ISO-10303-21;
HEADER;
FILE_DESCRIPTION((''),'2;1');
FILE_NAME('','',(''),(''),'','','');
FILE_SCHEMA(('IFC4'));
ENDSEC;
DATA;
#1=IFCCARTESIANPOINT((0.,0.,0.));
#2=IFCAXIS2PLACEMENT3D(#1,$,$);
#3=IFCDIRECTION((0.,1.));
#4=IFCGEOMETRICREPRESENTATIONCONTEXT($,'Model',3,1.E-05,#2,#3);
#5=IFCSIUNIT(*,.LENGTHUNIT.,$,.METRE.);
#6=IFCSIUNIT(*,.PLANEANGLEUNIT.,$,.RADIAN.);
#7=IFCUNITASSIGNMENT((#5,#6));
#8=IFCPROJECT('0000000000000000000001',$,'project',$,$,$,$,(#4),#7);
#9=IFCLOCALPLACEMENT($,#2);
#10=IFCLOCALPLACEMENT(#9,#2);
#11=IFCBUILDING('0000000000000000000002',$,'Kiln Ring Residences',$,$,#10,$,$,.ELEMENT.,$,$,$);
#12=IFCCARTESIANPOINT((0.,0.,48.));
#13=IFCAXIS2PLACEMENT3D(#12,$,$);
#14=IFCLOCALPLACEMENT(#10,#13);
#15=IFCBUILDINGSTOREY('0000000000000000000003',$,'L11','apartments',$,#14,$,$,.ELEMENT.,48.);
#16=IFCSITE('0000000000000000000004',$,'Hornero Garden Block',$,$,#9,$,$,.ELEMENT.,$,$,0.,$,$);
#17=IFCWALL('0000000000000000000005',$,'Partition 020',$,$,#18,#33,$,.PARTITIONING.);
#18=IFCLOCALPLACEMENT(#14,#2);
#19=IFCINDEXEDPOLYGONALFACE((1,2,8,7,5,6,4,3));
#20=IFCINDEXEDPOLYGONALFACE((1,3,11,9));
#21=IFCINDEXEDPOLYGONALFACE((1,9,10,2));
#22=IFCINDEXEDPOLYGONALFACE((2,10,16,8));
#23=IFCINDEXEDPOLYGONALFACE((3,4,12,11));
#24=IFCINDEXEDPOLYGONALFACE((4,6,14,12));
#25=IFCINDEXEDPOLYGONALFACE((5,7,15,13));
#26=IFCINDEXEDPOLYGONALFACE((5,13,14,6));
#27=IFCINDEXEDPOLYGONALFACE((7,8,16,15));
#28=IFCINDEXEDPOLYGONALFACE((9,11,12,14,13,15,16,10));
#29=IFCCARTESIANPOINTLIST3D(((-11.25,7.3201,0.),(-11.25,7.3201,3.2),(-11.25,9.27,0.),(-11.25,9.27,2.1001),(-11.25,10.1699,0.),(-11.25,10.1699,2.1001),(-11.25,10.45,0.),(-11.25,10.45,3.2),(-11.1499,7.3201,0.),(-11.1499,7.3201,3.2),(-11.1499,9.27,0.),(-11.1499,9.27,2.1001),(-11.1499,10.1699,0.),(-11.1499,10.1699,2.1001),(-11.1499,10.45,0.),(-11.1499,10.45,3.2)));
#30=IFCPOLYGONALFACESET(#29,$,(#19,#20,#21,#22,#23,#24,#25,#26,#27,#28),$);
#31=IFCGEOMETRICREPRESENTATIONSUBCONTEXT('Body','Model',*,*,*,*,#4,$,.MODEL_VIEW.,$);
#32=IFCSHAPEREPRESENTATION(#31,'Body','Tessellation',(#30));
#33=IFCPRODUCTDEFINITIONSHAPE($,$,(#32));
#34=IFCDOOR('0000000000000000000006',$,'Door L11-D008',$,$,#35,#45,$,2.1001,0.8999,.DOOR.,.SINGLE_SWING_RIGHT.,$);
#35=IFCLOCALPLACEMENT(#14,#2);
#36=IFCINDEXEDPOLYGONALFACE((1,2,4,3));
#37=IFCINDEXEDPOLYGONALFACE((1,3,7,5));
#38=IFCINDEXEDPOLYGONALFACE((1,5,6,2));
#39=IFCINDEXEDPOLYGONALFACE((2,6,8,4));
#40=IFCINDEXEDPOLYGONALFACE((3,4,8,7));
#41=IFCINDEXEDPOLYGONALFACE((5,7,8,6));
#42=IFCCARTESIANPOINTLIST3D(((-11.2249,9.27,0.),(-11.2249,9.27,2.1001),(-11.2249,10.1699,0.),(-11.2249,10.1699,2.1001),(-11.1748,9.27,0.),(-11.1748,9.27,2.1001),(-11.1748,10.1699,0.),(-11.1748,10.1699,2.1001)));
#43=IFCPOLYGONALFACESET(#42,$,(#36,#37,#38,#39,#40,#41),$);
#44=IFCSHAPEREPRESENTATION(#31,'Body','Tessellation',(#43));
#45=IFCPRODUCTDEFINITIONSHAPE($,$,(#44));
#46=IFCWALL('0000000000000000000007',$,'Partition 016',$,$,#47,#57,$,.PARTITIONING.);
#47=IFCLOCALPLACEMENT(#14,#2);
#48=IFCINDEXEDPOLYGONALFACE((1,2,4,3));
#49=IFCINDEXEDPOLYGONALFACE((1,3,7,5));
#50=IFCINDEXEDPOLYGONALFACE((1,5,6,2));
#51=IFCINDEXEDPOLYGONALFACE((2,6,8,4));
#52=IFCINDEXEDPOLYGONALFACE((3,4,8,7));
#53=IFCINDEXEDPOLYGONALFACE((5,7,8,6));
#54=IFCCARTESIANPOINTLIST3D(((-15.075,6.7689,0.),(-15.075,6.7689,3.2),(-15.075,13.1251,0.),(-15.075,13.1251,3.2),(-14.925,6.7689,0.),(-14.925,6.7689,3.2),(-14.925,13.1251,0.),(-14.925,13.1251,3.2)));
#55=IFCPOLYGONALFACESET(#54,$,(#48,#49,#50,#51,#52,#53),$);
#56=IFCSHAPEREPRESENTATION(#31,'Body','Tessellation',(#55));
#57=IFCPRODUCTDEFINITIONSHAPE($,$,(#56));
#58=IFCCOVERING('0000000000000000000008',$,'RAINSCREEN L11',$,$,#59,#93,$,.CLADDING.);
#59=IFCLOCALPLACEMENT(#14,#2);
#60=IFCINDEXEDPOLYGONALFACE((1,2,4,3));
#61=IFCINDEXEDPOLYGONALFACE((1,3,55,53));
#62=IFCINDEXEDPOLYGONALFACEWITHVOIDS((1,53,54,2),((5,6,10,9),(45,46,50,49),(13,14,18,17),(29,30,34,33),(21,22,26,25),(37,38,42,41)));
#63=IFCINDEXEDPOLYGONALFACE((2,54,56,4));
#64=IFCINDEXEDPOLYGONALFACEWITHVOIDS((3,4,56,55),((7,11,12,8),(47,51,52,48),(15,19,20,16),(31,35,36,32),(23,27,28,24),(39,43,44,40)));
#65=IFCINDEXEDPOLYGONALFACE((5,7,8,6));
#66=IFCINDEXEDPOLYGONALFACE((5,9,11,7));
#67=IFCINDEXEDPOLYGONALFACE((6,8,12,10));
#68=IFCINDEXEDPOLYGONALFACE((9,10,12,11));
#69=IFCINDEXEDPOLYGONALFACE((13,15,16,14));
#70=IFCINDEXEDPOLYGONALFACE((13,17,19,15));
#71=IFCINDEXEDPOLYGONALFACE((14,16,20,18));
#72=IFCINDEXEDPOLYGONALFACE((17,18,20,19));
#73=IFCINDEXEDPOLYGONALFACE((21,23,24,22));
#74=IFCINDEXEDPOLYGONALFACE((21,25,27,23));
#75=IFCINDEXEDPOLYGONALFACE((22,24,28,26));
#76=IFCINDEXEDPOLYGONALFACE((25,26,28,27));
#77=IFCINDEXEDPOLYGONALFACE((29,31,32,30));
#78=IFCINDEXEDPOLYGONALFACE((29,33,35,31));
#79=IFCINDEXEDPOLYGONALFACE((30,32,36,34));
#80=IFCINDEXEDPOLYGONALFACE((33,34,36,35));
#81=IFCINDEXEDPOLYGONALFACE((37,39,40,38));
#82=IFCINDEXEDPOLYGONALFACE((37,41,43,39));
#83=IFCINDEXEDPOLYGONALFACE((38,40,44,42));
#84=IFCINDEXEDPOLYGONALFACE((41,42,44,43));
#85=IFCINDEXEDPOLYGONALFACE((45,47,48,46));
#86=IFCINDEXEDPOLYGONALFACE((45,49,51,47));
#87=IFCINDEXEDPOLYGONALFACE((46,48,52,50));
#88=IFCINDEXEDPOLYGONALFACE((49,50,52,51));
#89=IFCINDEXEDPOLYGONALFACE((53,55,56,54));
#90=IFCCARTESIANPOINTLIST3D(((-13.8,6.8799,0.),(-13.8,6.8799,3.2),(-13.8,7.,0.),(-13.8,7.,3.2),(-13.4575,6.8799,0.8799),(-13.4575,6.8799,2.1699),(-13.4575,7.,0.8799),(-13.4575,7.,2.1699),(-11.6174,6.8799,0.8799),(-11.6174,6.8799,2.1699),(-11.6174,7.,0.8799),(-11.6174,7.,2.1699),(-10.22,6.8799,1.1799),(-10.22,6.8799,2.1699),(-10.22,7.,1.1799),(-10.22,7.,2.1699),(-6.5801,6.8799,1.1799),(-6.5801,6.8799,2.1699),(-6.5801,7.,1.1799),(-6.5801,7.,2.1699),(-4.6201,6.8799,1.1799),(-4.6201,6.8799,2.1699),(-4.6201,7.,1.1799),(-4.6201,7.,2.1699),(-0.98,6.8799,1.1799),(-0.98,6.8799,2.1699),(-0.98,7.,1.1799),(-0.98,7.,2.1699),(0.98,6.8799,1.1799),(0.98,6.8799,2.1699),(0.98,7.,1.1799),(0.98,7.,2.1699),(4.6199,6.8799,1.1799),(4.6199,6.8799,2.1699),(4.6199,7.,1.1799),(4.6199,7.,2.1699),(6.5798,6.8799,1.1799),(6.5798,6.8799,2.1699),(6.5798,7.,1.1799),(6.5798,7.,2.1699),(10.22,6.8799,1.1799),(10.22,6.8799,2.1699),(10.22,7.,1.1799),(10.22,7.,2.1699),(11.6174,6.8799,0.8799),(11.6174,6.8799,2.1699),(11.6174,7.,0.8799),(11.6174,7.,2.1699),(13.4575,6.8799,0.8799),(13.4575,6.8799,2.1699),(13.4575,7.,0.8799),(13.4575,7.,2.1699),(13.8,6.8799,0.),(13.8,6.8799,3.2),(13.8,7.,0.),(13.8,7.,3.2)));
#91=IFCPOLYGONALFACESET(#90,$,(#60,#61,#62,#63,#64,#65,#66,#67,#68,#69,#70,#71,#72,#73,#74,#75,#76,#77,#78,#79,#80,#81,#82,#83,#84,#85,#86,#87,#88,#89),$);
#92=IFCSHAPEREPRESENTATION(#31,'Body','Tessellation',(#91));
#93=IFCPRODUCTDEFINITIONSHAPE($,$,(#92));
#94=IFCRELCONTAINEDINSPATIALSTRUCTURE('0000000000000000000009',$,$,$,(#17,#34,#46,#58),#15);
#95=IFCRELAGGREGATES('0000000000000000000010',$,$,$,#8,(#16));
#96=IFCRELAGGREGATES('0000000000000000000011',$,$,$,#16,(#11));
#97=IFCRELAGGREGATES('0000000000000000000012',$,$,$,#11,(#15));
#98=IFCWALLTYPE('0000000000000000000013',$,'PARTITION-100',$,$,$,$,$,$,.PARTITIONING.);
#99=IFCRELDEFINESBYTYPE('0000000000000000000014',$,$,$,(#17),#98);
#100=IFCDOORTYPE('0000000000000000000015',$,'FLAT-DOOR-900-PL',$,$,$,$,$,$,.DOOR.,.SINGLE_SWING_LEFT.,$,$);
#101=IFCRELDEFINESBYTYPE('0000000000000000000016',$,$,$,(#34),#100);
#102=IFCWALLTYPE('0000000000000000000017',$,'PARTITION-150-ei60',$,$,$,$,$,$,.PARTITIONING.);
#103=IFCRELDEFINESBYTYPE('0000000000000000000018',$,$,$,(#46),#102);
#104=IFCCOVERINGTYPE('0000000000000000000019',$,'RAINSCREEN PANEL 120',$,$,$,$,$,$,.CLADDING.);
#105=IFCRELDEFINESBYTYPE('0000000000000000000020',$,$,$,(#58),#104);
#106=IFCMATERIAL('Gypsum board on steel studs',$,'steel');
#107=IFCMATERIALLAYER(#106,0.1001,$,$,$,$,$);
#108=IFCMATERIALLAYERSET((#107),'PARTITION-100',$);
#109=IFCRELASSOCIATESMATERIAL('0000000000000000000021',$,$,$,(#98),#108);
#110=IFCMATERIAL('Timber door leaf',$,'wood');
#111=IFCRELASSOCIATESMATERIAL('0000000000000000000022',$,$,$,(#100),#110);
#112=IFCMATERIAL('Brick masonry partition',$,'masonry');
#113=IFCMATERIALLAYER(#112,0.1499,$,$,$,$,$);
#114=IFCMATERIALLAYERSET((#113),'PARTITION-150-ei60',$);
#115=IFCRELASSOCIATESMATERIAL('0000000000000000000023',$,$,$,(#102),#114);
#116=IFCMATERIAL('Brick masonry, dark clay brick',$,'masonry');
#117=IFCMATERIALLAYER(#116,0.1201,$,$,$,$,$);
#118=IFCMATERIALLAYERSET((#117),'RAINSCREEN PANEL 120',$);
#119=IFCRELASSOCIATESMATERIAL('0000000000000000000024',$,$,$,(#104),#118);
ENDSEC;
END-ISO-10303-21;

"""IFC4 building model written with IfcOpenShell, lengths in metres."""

from ifc_helpers import new_model, si_unit, direction, frame, frame_2d, origin, place, context, subcontext, project, spatial, polyline, rectangle, outline, extrude, material, layer, layer_set, type_object, element, fill, save


model = new_model("IFC4")

# Units and contexts
model_context = context("Model", 3, precision=1e-05, world=origin(), true_north=direction((0.0, 1.0)))
body_context = subcontext(model_context, "Body", "Model", "MODEL_VIEW")
ifc_project = project(units=[si_unit("LENGTHUNIT", "METRE"), si_unit("PLANEANGLEUNIT", "RADIAN")], contexts=[model_context])

# Site, building, storey
site_placement = place(None, origin())
site = spatial("IfcSite", under=ifc_project, at=site_placement, Name="Hornero Garden Block", CompositionType="ELEMENT", RefElevation=0.0)
building_placement = place(site_placement, origin())
building = spatial("IfcBuilding", under=site, at=building_placement, Name="Kiln Ring Residences", CompositionType="ELEMENT")
storey_placement = place(building_placement, frame((0.0, 0.0, 48.0)))
storey = spatial("IfcBuildingStorey", under=building, at=storey_placement, Name="L11", Description="apartments", CompositionType="ELEMENT", Elevation=48.0)

# Wall, opening, door
ifc_material_1 = material(Name="Gypsum board on steel studs", Category="steel")
ifc_layer_1 = layer(ifc_material_1, 0.1001)
ifc_layer_set_1 = layer_set([ifc_layer_1], Name="PARTITION-100")
wall_type_1 = type_object("IfcWallType", Name="PARTITION-100", PredefinedType="PARTITIONING", material=ifc_layer_set_1)
wall_1_placement = place(storey_placement, frame((-11.2, 7.3201, 0.0), z_axis=(0.0, 0.0, 1.0), x_axis=(0.0, 1.0, 0.0)))
wall_1 = element("IfcWall", 1, at=wall_1_placement, inside=storey, type_object=wall_type_1, Name="Partition 020", PredefinedType="PARTITIONING", context=body_context, shape_type="SweptSolid", body=[
    extrude(rectangle(XDim=3.1299, YDim=0.1001, at=frame_2d((1.5649, 0.0))), origin(), (0.0, 0.0, 1.0), 3.2),
])
opening_1_placement = place(wall_1_placement, frame((1.95, 0.0, 0.0)))
opening_1 = element("IfcOpeningElement", 2, at=opening_1_placement, cuts=wall_1, PredefinedType="OPENING", context=body_context, shape_type="SweptSolid", body=[
    extrude(rectangle(XDim=0.8999, YDim=2.1001, at=frame_2d((0.45, 1.05))), frame((0.0, 0.0601, 0.0), z_axis=(0.0, -1.0, 0.0), x_axis=(1.0, 0.0, 0.0)), (0.0, 0.0, 1.0), 0.1201),
])
ifc_material_2 = material(Name="Timber door leaf", Category="wood")
door_type = type_object("IfcDoorType", Name="FLAT-DOOR-900-PL", OperationType="SINGLE_SWING_LEFT", PredefinedType="DOOR", material=ifc_material_2)
door_placement = place(opening_1_placement, origin())
door = element("IfcDoor", 3, at=door_placement, inside=storey, type_object=door_type, Name="Door L11-D008", OperationType="SINGLE_SWING_RIGHT", OverallHeight=2.1001, OverallWidth=0.8999, PredefinedType="DOOR", context=body_context, shape_type="SweptSolid", body=[
    extrude(rectangle(XDim=0.8999, YDim=2.1001, at=frame_2d((0.45, 1.05))), frame((0.0, 0.0249, 0.0), z_axis=(0.0, -1.0, 0.0), x_axis=(1.0, 0.0, 0.0)), (0.0, 0.0, 1.0), 0.05),
])
fill(opening_1, door)

# Wall
ifc_material_3 = material(Name="Brick masonry partition", Category="masonry")
ifc_layer_2 = layer(ifc_material_3, 0.1499)
ifc_layer_set_2 = layer_set([ifc_layer_2], Name="PARTITION-150-ei60")
wall_type_2 = type_object("IfcWallType", Name="PARTITION-150-ei60", PredefinedType="PARTITIONING", material=ifc_layer_set_2)
wall_2_placement = place(storey_placement, frame((-15.0, 6.7688, 0.0), z_axis=(0.0, 0.0, 1.0), x_axis=(0.0, 1.0, 0.0)))
element("IfcWall", 4, at=wall_2_placement, inside=storey, type_object=wall_type_2, Name="Partition 016", PredefinedType="PARTITIONING", context=body_context, shape_type="SweptSolid", body=[
    extrude(rectangle(XDim=6.3562, YDim=0.1499, at=frame_2d((3.1782, 0.0))), origin(), (0.0, 0.0, 1.0), 3.2),
])

# Covering
ifc_material_4 = material(Name="Brick masonry, dark clay brick", Category="masonry")
ifc_layer_3 = layer(ifc_material_4, 0.1201)
ifc_layer_set_3 = layer_set([ifc_layer_3], Name="RAINSCREEN PANEL 120")
covering_type = type_object("IfcCoveringType", Name="RAINSCREEN PANEL 120", PredefinedType="CLADDING", material=ifc_layer_set_3)
covering_placement = place(storey_placement, frame((-13.8, 6.9399, 0.0), z_axis=(0.0, 0.0, 1.0), x_axis=(1.0, 0.0, 0.0)))
element("IfcCovering", 5, at=covering_placement, inside=storey, type_object=covering_type, Name="RAINSCREEN L11", PredefinedType="CLADDING", context=body_context, shape_type="SweptSolid", body=[
    extrude(outline(polyline([(0.0, 0.0), (27.6001, 0.0), (27.6001, 3.2), (0.0, 3.2), (0.0, 0.0)]), holes=[polyline([(2.1826, 0.8799), (2.1826, 2.1699), (0.3425, 2.1699), (0.3425, 0.8799), (2.1826, 0.8799)]), polyline([(25.4175, 0.8799), (27.2576, 0.8799), (27.2576, 2.1699), (25.4175, 2.1699), (25.4175, 0.8799)]), polyline([(3.5801, 1.1799), (7.22, 1.1799), (7.22, 2.1699), (3.5801, 2.1699), (3.5801, 1.1799)]), polyline([(12.8201, 1.1799), (12.8201, 2.1699), (9.1799, 2.1699), (9.1799, 1.1799), (12.8201, 1.1799)]), polyline([(14.78, 1.1799), (18.4199, 1.1799), (18.4199, 2.1699), (14.78, 2.1699), (14.78, 1.1799)]), polyline([(20.3799, 1.1799), (24.02, 1.1799), (24.02, 2.1699), (20.3799, 2.1699), (20.3799, 1.1799)])]), frame((0.0, 0.0601, 0.0), z_axis=(0.0, -1.0, 0.0), x_axis=(1.0, 0.0, 0.0)), (0.0, 0.0, 1.0), 0.1201),
])

save(model, "model.ifc")
